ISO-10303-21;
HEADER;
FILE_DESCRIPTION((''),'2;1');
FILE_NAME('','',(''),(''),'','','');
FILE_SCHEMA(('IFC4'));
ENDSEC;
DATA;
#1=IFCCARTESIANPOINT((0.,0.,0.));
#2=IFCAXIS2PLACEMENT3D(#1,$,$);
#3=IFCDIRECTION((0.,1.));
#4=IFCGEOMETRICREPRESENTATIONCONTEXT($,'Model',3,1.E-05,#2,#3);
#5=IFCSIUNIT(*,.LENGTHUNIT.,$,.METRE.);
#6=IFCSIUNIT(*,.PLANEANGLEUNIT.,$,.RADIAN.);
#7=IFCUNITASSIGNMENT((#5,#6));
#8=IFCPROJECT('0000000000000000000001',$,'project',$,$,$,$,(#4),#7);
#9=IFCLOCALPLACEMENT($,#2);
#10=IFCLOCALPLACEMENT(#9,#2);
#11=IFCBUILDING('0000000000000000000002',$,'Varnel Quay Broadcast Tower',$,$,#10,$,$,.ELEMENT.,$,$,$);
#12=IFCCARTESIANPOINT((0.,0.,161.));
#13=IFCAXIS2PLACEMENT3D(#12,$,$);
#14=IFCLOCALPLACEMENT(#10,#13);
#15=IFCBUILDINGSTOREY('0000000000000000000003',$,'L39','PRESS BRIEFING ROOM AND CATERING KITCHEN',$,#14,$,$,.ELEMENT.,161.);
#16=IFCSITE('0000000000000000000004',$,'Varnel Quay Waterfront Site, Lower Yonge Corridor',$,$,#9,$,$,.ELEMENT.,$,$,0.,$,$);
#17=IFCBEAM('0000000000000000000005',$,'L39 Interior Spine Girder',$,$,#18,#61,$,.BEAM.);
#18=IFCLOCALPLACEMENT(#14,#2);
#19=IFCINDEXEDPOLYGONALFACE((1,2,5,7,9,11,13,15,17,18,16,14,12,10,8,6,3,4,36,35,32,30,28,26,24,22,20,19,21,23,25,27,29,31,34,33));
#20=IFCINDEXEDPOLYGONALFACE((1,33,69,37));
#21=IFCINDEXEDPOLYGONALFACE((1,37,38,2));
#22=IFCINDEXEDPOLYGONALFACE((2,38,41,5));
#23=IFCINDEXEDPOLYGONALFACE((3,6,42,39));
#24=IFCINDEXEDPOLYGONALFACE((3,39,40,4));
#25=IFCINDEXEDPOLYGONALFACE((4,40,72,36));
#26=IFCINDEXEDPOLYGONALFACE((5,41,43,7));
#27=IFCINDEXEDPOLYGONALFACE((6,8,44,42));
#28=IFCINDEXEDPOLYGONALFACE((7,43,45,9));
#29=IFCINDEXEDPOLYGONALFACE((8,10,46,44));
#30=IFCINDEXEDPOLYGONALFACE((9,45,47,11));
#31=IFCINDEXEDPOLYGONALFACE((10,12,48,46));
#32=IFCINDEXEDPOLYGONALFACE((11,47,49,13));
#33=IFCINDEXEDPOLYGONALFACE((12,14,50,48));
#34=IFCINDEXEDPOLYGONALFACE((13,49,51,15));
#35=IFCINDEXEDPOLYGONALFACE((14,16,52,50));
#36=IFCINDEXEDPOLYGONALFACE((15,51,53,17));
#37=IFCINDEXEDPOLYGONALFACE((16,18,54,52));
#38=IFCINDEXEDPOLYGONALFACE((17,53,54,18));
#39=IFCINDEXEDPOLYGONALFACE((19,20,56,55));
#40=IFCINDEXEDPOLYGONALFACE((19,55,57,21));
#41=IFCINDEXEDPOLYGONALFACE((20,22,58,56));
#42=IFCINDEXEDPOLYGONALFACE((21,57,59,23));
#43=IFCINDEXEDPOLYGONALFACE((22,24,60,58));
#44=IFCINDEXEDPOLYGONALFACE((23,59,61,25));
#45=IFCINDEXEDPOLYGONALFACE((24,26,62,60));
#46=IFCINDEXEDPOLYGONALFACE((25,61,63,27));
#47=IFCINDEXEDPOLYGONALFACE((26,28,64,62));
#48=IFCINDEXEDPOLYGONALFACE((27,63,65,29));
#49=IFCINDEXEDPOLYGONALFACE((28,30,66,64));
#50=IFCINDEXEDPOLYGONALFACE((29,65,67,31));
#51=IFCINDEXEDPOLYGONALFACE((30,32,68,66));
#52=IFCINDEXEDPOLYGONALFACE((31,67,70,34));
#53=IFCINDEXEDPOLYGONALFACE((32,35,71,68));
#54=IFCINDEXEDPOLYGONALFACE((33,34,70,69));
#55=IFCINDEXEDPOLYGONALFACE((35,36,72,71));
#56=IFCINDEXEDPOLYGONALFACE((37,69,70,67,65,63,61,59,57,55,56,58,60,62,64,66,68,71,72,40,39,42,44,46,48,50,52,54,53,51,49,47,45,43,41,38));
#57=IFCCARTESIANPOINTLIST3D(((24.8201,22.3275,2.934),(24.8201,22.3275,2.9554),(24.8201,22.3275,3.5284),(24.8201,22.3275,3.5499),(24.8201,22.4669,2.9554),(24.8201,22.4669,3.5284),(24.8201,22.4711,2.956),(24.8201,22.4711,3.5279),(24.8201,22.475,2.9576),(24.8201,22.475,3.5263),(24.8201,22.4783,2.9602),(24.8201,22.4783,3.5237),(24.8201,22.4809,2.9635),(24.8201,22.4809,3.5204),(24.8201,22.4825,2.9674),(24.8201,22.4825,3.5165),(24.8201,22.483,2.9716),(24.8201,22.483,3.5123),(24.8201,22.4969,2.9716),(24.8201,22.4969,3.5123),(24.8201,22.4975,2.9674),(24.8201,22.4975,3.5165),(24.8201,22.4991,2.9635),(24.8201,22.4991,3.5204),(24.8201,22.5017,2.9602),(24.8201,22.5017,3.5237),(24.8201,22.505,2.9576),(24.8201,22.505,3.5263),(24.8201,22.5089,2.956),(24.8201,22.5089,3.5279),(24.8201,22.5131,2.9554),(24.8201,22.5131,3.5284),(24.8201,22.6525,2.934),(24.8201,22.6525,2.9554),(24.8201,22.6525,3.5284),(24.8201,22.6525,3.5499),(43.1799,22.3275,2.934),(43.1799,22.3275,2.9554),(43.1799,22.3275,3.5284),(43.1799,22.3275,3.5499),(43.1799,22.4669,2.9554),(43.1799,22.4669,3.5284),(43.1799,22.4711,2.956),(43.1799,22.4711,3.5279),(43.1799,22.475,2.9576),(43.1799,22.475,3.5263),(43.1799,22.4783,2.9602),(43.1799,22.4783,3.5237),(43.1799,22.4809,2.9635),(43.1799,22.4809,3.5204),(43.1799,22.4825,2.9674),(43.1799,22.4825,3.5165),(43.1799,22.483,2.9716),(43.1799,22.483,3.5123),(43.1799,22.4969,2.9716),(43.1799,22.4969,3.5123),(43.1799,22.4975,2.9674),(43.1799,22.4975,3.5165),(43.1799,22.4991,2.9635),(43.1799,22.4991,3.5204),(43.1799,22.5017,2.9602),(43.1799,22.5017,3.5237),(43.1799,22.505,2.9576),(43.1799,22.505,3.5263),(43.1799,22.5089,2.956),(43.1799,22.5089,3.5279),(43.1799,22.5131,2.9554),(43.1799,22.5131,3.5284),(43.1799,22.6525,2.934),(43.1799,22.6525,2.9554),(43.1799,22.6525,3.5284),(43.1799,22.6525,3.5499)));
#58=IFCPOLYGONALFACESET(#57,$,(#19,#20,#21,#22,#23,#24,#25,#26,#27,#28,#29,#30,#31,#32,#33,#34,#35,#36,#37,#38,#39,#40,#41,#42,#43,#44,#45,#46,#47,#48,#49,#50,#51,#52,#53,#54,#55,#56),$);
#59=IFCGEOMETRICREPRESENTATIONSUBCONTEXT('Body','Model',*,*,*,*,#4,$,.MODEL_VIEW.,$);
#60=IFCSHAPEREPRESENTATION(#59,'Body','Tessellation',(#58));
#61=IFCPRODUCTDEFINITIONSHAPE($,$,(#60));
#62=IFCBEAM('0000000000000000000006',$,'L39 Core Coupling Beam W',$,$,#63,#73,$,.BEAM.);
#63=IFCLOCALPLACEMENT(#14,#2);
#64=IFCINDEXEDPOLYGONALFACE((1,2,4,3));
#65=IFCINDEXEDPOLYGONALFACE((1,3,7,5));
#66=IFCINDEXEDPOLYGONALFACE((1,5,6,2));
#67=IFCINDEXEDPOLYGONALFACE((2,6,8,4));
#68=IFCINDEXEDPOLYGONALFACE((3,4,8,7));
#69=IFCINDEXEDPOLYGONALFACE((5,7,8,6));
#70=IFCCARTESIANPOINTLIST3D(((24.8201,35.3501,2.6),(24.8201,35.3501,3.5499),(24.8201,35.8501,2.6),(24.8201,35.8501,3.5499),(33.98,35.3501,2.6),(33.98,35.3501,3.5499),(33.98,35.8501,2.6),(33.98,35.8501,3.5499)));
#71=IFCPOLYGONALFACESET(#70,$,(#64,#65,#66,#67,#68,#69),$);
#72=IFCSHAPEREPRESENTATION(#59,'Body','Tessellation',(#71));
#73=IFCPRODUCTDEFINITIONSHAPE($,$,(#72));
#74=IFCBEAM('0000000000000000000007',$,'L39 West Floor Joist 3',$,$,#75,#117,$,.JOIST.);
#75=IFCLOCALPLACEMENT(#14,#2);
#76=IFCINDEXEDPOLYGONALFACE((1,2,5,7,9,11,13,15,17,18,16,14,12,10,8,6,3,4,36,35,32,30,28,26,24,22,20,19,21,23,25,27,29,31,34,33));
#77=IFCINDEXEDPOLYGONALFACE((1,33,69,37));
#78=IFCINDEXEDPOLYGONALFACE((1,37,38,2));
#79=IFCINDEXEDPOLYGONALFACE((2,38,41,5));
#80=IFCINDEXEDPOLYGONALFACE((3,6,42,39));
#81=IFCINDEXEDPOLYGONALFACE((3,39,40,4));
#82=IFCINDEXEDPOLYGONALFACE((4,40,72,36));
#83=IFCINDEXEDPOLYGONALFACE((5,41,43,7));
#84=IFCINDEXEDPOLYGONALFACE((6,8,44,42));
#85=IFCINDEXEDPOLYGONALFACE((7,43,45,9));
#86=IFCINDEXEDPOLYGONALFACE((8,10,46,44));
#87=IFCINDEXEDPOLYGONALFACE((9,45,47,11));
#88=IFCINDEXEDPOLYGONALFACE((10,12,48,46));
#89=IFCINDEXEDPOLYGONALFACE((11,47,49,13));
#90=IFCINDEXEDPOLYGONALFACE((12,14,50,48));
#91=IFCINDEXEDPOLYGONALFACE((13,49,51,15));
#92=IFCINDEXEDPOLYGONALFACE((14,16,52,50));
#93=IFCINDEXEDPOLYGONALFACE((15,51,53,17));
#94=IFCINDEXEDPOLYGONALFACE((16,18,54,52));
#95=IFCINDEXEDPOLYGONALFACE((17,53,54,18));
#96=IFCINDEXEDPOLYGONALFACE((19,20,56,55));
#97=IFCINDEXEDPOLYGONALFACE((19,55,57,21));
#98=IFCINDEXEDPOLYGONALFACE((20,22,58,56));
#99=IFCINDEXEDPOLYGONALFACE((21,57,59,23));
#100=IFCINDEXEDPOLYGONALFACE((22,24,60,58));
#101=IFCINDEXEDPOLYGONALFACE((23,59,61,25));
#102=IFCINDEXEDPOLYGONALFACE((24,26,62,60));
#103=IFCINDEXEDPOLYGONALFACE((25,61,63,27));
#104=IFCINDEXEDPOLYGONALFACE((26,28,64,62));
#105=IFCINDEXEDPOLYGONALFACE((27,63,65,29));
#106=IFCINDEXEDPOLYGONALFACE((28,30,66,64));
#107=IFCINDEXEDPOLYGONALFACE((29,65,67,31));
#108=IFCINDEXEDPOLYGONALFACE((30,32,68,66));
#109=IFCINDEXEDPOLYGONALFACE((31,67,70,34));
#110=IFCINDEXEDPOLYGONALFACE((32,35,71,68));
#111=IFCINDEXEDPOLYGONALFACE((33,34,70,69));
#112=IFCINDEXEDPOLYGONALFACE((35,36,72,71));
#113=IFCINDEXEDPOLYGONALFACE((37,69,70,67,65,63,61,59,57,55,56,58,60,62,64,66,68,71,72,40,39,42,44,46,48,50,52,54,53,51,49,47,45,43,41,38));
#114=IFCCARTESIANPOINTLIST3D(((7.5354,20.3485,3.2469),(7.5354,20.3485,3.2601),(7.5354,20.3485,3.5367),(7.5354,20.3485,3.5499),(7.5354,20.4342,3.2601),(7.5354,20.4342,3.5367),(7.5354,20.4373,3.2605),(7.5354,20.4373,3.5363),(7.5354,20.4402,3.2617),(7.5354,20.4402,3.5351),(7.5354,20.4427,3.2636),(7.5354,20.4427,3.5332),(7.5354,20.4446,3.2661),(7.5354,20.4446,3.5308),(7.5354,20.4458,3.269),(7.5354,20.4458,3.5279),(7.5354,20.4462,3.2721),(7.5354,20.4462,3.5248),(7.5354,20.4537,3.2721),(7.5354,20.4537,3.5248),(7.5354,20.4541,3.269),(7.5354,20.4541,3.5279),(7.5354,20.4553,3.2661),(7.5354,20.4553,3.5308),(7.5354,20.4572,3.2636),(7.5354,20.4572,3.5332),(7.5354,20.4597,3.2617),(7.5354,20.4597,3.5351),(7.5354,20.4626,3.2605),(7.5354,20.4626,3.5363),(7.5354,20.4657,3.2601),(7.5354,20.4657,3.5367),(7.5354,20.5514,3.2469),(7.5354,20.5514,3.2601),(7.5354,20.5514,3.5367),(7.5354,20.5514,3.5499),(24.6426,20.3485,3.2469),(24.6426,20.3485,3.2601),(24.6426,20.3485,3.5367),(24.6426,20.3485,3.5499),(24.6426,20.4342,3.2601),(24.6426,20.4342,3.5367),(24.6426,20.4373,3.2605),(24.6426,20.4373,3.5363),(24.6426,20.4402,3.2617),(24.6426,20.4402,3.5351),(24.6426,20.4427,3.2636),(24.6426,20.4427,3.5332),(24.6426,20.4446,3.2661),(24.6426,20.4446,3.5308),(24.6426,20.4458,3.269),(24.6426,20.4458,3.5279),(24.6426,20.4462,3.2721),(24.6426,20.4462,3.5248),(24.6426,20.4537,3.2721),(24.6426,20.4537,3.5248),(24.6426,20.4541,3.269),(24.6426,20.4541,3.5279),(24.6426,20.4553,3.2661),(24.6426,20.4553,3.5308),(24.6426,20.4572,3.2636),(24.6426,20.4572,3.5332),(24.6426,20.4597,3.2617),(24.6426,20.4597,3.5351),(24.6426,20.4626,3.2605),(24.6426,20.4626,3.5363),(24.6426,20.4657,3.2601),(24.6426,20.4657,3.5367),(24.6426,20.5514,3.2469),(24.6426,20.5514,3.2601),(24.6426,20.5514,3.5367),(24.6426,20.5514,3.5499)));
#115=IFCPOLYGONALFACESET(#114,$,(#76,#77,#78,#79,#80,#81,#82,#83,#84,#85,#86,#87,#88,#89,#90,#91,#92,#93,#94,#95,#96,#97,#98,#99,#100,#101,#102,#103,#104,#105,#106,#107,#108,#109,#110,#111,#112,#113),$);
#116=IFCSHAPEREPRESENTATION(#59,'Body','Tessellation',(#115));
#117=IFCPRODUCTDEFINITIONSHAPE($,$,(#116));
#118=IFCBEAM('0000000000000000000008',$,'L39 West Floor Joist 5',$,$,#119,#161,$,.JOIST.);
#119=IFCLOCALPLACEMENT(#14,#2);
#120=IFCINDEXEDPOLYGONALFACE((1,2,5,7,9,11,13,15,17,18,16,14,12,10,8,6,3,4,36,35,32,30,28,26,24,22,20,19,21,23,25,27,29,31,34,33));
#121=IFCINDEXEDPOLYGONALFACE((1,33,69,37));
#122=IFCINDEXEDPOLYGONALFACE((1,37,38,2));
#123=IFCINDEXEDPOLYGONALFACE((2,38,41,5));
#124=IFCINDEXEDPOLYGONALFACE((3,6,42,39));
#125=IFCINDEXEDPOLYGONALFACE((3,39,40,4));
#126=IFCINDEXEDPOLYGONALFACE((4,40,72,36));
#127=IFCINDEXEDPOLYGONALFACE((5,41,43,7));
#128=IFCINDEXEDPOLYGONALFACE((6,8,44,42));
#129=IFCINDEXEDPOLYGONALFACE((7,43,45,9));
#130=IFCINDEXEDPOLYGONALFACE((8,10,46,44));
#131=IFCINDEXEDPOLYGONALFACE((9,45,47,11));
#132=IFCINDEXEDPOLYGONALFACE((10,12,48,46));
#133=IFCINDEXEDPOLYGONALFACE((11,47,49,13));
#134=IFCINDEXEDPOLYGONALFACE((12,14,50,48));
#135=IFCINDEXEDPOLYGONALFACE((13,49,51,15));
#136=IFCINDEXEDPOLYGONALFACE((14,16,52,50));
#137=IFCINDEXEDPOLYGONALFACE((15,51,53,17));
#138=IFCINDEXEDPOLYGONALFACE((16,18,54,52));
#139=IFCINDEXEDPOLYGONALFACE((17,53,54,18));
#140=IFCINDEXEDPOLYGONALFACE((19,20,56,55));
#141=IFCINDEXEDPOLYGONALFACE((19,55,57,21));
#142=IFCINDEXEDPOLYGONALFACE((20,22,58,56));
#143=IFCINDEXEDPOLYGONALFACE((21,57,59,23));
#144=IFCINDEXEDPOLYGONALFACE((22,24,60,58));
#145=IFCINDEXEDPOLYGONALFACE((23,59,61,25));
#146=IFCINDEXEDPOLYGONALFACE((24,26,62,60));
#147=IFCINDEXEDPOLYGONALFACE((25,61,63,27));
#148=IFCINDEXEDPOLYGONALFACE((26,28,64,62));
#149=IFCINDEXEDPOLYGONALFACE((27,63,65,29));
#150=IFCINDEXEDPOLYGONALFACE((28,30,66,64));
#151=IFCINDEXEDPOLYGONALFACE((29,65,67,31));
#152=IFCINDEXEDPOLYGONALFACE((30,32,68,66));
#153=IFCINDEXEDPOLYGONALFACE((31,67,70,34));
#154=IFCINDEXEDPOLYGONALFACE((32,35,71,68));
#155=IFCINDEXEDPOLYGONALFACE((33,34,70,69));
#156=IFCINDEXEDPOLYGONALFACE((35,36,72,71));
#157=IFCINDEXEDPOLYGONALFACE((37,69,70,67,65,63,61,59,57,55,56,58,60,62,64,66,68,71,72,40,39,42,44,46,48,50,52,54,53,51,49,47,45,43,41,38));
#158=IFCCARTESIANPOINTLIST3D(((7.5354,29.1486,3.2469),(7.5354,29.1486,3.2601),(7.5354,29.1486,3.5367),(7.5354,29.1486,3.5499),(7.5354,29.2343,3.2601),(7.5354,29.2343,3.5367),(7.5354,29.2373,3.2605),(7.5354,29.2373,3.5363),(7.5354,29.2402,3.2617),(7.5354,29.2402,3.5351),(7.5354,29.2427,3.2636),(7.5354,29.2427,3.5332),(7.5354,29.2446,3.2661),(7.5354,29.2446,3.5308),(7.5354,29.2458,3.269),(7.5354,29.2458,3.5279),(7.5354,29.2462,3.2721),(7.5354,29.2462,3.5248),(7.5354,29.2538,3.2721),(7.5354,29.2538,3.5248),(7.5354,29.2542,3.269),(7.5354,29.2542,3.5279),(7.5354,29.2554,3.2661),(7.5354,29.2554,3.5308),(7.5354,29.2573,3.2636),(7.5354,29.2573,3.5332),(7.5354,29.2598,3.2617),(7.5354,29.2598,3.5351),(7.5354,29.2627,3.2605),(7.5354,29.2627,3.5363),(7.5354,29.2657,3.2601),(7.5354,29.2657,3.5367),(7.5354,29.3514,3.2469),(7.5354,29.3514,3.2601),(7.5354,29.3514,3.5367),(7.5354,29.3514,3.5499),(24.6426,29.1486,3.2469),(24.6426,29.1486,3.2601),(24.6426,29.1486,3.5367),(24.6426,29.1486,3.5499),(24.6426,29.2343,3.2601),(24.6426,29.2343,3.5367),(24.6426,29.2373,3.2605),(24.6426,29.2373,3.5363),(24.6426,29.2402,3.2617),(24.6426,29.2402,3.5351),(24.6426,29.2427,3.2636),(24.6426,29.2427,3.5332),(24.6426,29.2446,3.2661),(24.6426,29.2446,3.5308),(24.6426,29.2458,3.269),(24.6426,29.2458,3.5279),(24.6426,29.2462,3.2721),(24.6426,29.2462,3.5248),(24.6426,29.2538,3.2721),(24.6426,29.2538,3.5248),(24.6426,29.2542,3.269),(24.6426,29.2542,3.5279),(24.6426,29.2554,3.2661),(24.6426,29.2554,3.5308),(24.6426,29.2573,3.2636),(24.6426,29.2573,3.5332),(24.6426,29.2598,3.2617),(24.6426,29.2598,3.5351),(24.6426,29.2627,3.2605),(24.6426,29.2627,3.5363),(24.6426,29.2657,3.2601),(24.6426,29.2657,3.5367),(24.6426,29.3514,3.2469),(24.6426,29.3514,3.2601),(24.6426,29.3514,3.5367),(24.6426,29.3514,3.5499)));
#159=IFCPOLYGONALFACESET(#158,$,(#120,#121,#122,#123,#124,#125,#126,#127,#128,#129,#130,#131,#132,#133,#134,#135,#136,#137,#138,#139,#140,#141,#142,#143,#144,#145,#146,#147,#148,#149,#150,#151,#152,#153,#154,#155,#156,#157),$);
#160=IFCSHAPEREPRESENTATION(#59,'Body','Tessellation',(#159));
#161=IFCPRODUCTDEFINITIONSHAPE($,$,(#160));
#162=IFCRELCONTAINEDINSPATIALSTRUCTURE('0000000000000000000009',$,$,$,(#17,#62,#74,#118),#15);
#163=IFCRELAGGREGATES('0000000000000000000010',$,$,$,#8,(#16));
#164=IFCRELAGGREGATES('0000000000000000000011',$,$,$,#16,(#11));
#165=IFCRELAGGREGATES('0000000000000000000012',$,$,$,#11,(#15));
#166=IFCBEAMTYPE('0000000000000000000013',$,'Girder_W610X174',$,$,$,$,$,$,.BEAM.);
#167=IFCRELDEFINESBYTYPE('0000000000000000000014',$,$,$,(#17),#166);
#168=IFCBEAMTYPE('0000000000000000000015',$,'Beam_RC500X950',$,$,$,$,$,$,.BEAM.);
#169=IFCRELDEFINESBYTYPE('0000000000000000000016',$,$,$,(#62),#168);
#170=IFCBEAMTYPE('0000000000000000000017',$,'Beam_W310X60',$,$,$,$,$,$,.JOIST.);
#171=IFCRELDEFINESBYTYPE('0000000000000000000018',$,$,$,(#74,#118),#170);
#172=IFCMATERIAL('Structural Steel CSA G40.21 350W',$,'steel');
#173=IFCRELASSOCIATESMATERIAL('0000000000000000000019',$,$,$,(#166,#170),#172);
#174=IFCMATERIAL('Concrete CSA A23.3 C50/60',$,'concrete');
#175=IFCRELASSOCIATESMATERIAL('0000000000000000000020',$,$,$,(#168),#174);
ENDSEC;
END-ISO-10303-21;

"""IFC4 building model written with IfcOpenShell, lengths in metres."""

from ifc_helpers import new_model, si_unit, direction, frame, origin, origin_2d, place, context, subcontext, project, spatial, rectangle, i_section, extrude, source, transform, mapped, material, material_profile, profile_set, type_object, type_shapes, element, save


model = new_model("IFC4")

# Units and contexts
model_context = context("Model", 3, precision=1e-05, world=origin(), true_north=direction((0.0, 1.0)))
body_context = subcontext(model_context, "Body", "Model", "MODEL_VIEW")
ifc_project = project(units=[si_unit("LENGTHUNIT", "METRE"), si_unit("PLANEANGLEUNIT", "RADIAN")], contexts=[model_context])

# Site, building, storey
site_placement = place(None, origin())
site = spatial("IfcSite", under=ifc_project, at=site_placement, Name="Varnel Quay Waterfront Site, Lower Yonge Corridor", CompositionType="ELEMENT", RefElevation=0.0)
building_placement = place(site_placement, origin())
building = spatial("IfcBuilding", under=site, at=building_placement, Name="Varnel Quay Broadcast Tower", CompositionType="ELEMENT")
storey_placement = place(building_placement, frame((0.0, 0.0, 161.0)))
storey = spatial("IfcBuildingStorey", under=building, at=storey_placement, Name="L39", Description="PRESS BRIEFING ROOM AND CATERING KITCHEN", CompositionType="ELEMENT", Elevation=161.0)

# Shared definitions
ifc_material_1 = material(Name="Concrete CSA A23.3 C50/60", Category="concrete")

# Beams
ifc_material_2 = material(Name="Structural Steel CSA G40.21 350W", Category="steel")
ifc_material_profile_1 = material_profile(ifc_material_2, i_section(OverallWidth=0.325, OverallDepth=0.616, WebThickness=0.0139, FlangeThickness=0.0215, FilletRadius=0.0161, at=origin_2d()), Name="W610X174")
ifc_profile_set_1 = profile_set([ifc_material_profile_1], Name="Structural Steel CSA G40.21 350W")
beam_type_1 = type_object("IfcBeamType", Name="Girder_W610X174", PredefinedType="BEAM", material=ifc_profile_set_1)
shared_shape_1 = source(origin(), body_context, "Body", "SweptSolid", [
    extrude(i_section(OverallWidth=0.325, OverallDepth=0.616, WebThickness=0.0139, FlangeThickness=0.0215, FilletRadius=0.0161, at=origin_2d()), origin(), (0.0, 0.0, 1.0), 18.3599),
])
beam_1_placement = place(storey_placement, frame((24.8201, 22.49, 3.2419), z_axis=(1.0, 0.0, 0.0), x_axis=(0.0, 1.0, 0.0)))
element("IfcBeam", 1, at=beam_1_placement, inside=storey, type_object=beam_type_1, Name="L39 Interior Spine Girder", PredefinedType="BEAM", context=body_context, shape_type="MappedRepresentation", body=[
    mapped(shared_shape_1, transform((0.0, 0.0, 0.0), x_axis=(1.0, 0.0, 0.0), y_axis=(0.0, 1.0, 0.0), z_axis=(0.0, 0.0, 1.0), scale=1.0)),
])
ifc_material_profile_2 = material_profile(ifc_material_1, rectangle(XDim=0.5, YDim=0.95, at=origin_2d()), Name="RC500X950")
ifc_profile_set_2 = profile_set([ifc_material_profile_2], Name="Concrete CSA A23.3 C50/60")
beam_type_2 = type_object("IfcBeamType", Name="Beam_RC500X950", PredefinedType="BEAM", material=ifc_profile_set_2)
shared_shape_2 = source(origin(), body_context, "Body", "SweptSolid", [
    extrude(rectangle(XDim=0.5, YDim=0.95, at=origin_2d()), origin(), (0.0, 0.0, 1.0), 9.1599),
])
type_shapes(beam_type_2, [shared_shape_2])
beam_2_placement = place(storey_placement, frame((24.8201, 35.6001, 3.075), z_axis=(1.0, 0.0, 0.0), x_axis=(0.0, 1.0, 0.0)))
element("IfcBeam", 2, at=beam_2_placement, inside=storey, type_object=beam_type_2, Name="L39 Core Coupling Beam W", PredefinedType="BEAM", context=body_context, shape_type="MappedRepresentation", body=[
    mapped(shared_shape_2, transform((0.0, 0.0, 0.0), x_axis=(1.0, 0.0, 0.0), y_axis=(0.0, 1.0, 0.0), z_axis=(0.0, 0.0, 1.0), scale=1.0)),
])
ifc_material_profile_3 = material_profile(ifc_material_2, i_section(OverallWidth=0.2029, OverallDepth=0.303, WebThickness=0.0076, FlangeThickness=0.0132, FilletRadius=0.012, at=origin_2d()), Name="W310X60")
ifc_profile_set_3 = profile_set([ifc_material_profile_3], Name="Structural Steel CSA G40.21 350W")
beam_type_3 = type_object("IfcBeamType", Name="Beam_W310X60", PredefinedType="JOIST", material=ifc_profile_set_3)
shared_shape_3 = source(origin(), body_context, "Body", "SweptSolid", [
    extrude(i_section(OverallWidth=0.2029, OverallDepth=0.303, WebThickness=0.0076, FlangeThickness=0.0132, FilletRadius=0.012, at=origin_2d()), origin(), (0.0, 0.0, 1.0), 17.1072),
])
for number, where, z_axis, x_axis, name in (
    (3, (7.5354, 20.45, 3.3984), (1.0, 0.0, 0.0), (0.0, 1.0, 0.0), "L39 West Floor Joist 3"),
    (4, (7.5354, 29.25, 3.3984), (1.0, 0.0, 0.0), (0.0, 1.0, 0.0), "L39 West Floor Joist 5"),
):
    element("IfcBeam", number, at=place(storey_placement, frame(where, z_axis=z_axis, x_axis=x_axis)), inside=storey, type_object=beam_type_3, Name=name, PredefinedType="JOIST", context=body_context, shape_type="MappedRepresentation", body=[
        mapped(shared_shape_3, transform((0.0, 0.0, 0.0), x_axis=(1.0, 0.0, 0.0), y_axis=(0.0, 1.0, 0.0), z_axis=(0.0, 0.0, 1.0), scale=1.0)),
    ])

save(model, "model.ifc")
